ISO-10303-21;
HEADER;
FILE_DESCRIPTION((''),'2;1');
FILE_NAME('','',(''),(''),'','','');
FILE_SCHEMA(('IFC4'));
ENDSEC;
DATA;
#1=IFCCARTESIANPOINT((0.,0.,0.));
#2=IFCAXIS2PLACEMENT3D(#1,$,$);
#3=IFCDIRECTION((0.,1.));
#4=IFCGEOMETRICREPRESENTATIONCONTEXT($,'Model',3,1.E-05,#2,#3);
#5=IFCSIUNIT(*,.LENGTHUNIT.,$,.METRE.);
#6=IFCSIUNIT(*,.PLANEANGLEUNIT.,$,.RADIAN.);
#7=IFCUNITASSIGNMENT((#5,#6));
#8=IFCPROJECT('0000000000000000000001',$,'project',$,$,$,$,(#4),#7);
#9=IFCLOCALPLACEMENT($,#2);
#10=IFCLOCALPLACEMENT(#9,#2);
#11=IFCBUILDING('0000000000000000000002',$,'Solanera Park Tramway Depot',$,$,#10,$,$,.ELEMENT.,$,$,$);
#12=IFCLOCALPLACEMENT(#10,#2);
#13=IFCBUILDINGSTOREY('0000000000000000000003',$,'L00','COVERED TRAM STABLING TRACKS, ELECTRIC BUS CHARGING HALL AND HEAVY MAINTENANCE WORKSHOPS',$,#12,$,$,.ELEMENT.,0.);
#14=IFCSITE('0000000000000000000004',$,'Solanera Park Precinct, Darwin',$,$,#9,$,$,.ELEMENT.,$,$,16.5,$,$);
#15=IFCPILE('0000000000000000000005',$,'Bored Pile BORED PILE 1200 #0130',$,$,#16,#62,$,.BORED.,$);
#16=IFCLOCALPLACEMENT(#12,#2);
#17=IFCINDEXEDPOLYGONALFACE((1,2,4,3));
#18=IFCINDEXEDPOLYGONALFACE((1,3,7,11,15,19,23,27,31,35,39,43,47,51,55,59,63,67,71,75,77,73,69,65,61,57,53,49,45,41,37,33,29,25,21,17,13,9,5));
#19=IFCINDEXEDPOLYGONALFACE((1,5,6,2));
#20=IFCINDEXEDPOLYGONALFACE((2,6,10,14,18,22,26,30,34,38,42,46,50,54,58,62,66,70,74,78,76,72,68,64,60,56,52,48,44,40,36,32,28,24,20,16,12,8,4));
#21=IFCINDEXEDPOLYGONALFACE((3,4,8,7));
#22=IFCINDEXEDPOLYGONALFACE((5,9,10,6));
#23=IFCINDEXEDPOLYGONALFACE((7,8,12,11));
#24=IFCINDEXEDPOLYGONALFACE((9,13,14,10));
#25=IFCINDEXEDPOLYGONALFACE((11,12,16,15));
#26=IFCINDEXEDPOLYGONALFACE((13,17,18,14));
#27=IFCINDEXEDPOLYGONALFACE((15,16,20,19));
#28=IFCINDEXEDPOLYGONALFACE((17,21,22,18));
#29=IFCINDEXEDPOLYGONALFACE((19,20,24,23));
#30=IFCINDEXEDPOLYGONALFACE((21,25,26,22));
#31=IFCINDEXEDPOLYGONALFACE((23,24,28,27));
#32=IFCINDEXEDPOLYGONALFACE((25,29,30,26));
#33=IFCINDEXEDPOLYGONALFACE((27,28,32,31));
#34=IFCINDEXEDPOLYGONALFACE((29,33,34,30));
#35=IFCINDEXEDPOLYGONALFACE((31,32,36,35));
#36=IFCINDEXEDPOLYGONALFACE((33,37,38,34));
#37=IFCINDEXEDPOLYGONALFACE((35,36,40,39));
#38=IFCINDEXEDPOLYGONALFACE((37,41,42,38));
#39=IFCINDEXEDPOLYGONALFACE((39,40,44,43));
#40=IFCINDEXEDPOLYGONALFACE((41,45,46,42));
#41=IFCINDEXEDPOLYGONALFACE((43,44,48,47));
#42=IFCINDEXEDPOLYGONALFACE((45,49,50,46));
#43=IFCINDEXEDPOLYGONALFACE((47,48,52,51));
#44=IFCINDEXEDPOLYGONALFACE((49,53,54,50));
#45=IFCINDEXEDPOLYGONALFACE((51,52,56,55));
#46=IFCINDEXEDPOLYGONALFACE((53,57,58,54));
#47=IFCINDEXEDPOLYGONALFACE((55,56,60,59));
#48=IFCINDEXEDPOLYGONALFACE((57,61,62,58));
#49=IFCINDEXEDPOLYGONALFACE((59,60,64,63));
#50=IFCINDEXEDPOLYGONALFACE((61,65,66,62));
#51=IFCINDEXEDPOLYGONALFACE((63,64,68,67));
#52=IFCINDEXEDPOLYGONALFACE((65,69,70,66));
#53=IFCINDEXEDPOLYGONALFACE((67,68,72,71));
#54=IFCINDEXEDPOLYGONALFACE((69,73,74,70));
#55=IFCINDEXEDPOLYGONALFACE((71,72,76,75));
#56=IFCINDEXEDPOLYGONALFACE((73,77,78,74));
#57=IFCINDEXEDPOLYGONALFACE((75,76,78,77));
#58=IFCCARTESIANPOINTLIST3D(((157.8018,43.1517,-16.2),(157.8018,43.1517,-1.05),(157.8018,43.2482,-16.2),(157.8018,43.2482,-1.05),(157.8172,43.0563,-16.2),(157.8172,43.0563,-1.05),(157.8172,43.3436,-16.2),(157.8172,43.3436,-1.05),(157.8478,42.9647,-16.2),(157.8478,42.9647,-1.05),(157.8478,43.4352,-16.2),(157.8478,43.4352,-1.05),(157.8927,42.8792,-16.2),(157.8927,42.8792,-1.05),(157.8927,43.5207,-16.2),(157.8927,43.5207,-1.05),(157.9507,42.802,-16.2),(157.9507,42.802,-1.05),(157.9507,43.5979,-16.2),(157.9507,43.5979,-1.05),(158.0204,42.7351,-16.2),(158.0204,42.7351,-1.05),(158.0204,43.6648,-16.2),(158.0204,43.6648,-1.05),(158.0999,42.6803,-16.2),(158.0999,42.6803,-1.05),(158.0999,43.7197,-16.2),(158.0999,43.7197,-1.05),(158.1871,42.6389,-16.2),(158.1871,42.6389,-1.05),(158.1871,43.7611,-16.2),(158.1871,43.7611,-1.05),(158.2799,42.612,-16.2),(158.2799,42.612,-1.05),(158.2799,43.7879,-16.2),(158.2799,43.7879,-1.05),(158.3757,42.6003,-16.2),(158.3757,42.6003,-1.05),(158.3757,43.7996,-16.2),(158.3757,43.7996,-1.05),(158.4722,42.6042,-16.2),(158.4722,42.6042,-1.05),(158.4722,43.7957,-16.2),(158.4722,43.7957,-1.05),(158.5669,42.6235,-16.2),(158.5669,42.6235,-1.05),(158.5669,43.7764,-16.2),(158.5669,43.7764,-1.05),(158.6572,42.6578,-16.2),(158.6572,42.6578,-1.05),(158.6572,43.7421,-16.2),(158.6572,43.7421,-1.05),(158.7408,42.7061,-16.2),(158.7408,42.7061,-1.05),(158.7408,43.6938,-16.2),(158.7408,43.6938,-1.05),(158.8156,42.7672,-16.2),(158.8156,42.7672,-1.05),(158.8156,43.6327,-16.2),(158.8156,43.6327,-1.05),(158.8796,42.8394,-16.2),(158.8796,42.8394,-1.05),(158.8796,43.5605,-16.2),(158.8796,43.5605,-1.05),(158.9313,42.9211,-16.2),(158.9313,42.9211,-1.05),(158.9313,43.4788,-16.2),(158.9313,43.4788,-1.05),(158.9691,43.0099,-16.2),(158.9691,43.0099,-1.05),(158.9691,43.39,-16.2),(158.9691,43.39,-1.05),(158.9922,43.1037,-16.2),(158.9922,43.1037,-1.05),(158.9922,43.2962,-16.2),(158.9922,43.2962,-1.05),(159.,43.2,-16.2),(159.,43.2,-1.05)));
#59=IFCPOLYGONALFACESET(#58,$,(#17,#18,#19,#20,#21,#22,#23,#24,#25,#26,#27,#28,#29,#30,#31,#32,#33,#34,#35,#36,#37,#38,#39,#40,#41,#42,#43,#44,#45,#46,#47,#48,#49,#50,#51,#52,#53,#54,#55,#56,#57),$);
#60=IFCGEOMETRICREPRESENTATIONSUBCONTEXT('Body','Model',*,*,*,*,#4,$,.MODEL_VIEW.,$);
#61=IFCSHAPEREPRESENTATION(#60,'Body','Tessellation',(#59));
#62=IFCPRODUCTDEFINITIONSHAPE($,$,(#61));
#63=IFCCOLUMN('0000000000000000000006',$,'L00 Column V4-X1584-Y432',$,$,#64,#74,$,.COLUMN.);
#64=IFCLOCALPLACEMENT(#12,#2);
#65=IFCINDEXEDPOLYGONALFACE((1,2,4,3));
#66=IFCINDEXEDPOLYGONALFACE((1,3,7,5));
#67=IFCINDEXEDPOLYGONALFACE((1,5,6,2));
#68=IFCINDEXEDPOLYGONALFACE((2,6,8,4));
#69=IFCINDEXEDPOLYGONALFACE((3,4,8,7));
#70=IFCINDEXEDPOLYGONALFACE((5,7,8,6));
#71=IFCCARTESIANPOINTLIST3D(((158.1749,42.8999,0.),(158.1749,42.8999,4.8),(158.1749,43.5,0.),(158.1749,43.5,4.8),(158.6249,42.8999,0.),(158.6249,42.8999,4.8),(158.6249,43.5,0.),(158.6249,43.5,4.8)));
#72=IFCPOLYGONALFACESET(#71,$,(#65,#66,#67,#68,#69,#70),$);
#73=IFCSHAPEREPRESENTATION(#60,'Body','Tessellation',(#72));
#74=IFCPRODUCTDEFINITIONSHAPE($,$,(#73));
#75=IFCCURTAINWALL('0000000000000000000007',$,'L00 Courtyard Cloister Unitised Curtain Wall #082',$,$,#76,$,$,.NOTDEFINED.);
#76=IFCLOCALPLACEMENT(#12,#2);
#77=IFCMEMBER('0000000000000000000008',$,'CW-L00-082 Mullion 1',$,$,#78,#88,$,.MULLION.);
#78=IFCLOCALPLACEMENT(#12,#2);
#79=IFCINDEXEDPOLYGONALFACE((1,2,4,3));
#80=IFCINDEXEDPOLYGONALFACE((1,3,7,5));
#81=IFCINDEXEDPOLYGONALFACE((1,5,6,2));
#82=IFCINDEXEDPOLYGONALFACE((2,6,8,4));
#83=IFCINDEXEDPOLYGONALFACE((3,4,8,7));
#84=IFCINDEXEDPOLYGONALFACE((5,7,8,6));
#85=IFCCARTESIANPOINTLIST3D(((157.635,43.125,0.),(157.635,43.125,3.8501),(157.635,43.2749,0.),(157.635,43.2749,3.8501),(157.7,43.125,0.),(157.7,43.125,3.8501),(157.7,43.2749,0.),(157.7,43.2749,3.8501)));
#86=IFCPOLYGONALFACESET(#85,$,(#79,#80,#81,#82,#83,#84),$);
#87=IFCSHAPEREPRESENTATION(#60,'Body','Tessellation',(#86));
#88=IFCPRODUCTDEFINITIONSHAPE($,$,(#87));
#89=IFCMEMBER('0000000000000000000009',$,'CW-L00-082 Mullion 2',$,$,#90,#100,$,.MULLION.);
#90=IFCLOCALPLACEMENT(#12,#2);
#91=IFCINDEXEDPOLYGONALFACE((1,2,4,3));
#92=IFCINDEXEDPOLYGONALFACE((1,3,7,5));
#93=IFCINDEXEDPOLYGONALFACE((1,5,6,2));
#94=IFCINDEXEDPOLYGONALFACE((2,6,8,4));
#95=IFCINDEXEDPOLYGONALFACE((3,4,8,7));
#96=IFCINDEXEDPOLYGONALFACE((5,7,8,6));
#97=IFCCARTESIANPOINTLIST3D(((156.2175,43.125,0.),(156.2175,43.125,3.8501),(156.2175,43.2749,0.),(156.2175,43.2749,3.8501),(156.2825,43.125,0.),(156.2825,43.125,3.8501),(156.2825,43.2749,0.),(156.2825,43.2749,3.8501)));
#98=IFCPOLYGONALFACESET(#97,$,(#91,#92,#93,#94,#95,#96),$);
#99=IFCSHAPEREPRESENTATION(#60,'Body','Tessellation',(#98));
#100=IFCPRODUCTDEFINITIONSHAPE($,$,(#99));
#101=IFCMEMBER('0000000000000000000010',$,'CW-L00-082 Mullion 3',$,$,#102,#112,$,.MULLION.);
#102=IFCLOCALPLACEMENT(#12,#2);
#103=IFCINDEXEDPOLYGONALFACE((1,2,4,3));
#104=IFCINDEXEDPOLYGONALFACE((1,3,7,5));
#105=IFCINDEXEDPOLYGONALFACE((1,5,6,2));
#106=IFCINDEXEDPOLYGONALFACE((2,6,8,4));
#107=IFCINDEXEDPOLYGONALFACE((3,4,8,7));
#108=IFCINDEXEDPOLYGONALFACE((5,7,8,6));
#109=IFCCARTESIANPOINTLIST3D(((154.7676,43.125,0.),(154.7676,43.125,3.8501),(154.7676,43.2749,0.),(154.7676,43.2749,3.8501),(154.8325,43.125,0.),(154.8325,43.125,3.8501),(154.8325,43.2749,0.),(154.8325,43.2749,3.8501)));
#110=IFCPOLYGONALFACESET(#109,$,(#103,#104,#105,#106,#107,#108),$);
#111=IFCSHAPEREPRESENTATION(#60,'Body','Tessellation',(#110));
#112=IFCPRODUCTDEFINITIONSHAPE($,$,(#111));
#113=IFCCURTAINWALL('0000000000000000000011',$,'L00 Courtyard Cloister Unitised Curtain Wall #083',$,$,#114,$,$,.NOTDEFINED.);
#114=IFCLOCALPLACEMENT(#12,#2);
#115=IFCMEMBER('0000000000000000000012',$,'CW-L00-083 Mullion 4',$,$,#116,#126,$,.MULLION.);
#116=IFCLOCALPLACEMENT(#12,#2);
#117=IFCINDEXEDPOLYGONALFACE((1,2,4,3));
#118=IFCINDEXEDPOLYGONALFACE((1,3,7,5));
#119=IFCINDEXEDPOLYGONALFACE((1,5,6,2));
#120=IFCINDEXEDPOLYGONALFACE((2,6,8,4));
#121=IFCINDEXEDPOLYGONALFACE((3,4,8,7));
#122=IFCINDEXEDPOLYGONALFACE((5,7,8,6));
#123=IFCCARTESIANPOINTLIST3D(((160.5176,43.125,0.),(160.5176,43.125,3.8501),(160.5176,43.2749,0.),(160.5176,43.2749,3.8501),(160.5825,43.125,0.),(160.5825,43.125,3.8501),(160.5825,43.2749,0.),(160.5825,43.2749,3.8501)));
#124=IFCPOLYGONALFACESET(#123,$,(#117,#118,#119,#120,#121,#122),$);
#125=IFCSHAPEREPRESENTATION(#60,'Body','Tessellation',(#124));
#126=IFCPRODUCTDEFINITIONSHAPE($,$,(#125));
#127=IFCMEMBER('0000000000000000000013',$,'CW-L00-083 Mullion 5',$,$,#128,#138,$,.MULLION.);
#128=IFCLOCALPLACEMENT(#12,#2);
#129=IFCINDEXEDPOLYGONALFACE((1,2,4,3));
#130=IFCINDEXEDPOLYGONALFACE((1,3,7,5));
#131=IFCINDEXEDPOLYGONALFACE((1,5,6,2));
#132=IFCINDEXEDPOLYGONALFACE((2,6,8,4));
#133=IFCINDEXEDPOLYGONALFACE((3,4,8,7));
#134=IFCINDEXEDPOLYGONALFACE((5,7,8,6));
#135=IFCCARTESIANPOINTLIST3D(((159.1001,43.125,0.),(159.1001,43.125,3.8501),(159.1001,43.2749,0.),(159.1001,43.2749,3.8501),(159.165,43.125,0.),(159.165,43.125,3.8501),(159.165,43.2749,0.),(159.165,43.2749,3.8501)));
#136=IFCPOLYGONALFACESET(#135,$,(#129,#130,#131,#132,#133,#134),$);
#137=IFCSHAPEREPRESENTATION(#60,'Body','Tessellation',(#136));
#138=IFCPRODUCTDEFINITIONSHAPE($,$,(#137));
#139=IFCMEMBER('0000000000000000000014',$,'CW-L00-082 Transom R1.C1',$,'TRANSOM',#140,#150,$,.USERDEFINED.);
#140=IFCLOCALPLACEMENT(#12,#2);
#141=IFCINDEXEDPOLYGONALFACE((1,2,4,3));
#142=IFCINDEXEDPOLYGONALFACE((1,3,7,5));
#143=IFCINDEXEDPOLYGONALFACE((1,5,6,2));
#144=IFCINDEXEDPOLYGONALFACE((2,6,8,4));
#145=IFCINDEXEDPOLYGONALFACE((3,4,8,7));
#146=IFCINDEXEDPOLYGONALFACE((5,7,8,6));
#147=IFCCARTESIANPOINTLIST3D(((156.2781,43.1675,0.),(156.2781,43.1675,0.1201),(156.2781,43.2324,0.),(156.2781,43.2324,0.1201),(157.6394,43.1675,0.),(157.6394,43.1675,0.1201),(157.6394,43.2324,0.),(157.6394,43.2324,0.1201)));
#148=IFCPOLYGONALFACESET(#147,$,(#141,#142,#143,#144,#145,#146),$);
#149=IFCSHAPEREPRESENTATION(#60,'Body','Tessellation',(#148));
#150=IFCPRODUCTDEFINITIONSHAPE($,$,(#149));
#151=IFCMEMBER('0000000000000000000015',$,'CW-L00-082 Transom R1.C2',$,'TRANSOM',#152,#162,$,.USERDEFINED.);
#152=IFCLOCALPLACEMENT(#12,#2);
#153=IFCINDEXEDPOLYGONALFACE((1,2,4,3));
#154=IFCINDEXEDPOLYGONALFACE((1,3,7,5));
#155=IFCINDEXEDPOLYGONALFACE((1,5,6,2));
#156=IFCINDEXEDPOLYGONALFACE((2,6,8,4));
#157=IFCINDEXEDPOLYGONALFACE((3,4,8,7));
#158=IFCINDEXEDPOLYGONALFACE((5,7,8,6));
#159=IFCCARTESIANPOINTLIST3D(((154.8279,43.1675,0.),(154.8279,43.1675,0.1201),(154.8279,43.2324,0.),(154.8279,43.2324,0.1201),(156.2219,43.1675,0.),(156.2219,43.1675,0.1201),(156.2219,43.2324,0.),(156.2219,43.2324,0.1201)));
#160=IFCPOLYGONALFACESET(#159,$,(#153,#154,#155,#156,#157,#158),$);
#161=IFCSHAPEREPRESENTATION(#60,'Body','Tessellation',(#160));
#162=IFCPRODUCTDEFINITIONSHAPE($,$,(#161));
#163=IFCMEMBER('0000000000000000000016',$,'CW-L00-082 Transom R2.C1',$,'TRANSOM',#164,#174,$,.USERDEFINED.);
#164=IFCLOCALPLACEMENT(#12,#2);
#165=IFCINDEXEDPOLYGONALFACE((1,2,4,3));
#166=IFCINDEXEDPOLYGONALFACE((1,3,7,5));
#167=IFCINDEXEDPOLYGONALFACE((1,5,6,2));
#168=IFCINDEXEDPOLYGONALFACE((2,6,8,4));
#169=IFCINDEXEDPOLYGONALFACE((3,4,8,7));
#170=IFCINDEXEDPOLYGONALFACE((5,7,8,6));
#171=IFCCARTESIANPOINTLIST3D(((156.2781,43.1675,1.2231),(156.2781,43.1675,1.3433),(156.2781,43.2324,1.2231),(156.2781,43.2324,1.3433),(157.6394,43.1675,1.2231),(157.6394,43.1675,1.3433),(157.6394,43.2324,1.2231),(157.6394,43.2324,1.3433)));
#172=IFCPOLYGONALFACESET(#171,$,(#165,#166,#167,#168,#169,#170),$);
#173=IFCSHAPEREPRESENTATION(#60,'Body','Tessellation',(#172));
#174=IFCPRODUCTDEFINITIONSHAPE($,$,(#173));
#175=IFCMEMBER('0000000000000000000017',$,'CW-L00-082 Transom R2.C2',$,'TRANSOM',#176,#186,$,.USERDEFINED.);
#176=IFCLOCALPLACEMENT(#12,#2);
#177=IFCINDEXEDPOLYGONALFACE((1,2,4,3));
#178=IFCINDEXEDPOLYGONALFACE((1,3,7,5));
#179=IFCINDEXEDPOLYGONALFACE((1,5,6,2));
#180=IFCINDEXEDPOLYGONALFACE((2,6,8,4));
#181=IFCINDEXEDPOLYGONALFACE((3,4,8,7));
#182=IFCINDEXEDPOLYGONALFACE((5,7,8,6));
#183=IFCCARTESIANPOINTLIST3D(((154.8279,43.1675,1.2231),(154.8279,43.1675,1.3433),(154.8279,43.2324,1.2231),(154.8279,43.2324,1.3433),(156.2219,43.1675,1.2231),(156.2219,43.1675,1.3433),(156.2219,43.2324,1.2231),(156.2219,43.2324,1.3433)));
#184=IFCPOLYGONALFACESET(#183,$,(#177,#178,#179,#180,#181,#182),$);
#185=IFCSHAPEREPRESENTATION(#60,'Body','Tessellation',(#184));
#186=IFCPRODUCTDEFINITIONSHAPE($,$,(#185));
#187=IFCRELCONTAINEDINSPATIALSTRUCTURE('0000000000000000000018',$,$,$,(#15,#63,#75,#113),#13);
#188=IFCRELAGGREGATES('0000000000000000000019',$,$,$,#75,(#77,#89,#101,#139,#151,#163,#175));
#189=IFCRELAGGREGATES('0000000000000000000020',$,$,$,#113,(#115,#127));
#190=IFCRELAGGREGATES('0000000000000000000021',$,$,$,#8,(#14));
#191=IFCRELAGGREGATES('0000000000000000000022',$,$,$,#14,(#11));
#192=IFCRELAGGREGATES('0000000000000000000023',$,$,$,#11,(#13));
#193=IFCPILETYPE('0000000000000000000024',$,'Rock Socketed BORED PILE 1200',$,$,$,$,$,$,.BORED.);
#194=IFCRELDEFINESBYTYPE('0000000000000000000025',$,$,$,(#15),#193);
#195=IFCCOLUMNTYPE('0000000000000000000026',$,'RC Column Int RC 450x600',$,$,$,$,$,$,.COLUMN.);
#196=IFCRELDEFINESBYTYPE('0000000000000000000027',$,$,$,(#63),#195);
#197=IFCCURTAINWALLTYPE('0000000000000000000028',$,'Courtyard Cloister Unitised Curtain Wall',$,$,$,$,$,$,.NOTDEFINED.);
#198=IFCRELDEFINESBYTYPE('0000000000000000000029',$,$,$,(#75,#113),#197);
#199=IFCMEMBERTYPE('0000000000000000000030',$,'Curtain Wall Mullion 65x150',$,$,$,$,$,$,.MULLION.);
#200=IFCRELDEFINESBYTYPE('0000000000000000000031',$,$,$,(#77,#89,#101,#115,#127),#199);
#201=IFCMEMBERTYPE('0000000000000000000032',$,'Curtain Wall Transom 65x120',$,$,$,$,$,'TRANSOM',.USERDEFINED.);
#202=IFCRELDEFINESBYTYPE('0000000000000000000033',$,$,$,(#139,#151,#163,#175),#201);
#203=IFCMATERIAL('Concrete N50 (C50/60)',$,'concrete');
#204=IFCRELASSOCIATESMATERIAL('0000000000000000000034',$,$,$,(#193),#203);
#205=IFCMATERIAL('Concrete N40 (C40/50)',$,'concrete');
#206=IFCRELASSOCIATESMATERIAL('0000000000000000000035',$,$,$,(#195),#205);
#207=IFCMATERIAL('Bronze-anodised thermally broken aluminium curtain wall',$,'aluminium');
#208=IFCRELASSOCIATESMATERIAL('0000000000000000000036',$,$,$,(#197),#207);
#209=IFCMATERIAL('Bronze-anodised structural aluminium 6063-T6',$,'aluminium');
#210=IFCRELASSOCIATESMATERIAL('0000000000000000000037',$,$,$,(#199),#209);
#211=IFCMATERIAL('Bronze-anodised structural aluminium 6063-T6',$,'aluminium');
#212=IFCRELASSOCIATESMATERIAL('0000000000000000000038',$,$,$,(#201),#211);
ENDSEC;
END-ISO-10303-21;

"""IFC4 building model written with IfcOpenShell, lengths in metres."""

from ifc_helpers import new_model, si_unit, direction, frame, origin, origin_2d, place, context, subcontext, project, spatial, rectangle, circle, extrude, material, material_profile, profile_set, type_object, element, aggregate, save


model = new_model("IFC4")

# Units and contexts
model_context = context("Model", 3, precision=1e-05, world=origin(), true_north=direction((0.0, 1.0)))
body_context = subcontext(model_context, "Body", "Model", "MODEL_VIEW")
ifc_project = project(units=[si_unit("LENGTHUNIT", "METRE"), si_unit("PLANEANGLEUNIT", "RADIAN")], contexts=[model_context])

# Site, building, storey
site_placement = place(None, origin())
site = spatial("IfcSite", under=ifc_project, at=site_placement, Name="Solanera Park Precinct, Darwin", CompositionType="ELEMENT", RefElevation=16.5)
building_placement = place(site_placement, origin())
building = spatial("IfcBuilding", under=site, at=building_placement, Name="Solanera Park Tramway Depot", CompositionType="ELEMENT")
storey_placement = place(building_placement, origin())
storey = spatial("IfcBuildingStorey", under=building, at=storey_placement, Name="L00", Description="COVERED TRAM STABLING TRACKS, ELECTRIC BUS CHARGING HALL AND HEAVY MAINTENANCE WORKSHOPS", CompositionType="ELEMENT", Elevation=0.0)

# Pile
ifc_material_1 = material(Name="Concrete N50 (C50/60)", Category="concrete")
ifc_material_profile_1 = material_profile(ifc_material_1, circle(Radius=0.6001, at=origin_2d()), Name="BORED PILE 1200")
ifc_profile_set_1 = profile_set([ifc_material_profile_1], Name="Concrete N50 (C50/60)")
pile_type = type_object("IfcPileType", Name="Rock Socketed BORED PILE 1200", PredefinedType="BORED", material=ifc_profile_set_1)
pile_placement = place(storey_placement, frame((158.3999, 43.2, -1.05), z_axis=(0.0, 0.0, -1.0), x_axis=(1.0, 0.0, 0.0)))
element("IfcPile", 1, at=pile_placement, inside=storey, type_object=pile_type, Name="Bored Pile BORED PILE 1200 #0130", PredefinedType="BORED", context=body_context, shape_type="SweptSolid", body=[
    extrude(circle(Radius=0.6001, at=origin_2d()), origin(), (0.0, 0.0, 1.0), 15.1499),
])

# Column
ifc_material_2 = material(Name="Concrete N40 (C40/50)", Category="concrete")
ifc_material_profile_2 = material_profile(ifc_material_2, rectangle(XDim=0.45, YDim=0.6001, at=origin_2d()), Name="RC 450x600")
ifc_profile_set_2 = profile_set([ifc_material_profile_2], Name="Concrete N40 (C40/50)")
column_type = type_object("IfcColumnType", Name="RC Column Int RC 450x600", PredefinedType="COLUMN", material=ifc_profile_set_2)
column_placement = place(storey_placement, frame((158.3999, 43.2, 0.0), z_axis=(0.0, 0.0, 1.0), x_axis=(1.0, 0.0, 0.0)))
element("IfcColumn", 2, at=column_placement, inside=storey, type_object=column_type, Name="L00 Column V4-X1584-Y432", PredefinedType="COLUMN", context=body_context, shape_type="SweptSolid", body=[
    extrude(rectangle(XDim=0.45, YDim=0.6001, at=origin_2d()), origin(), (0.0, 0.0, 1.0), 4.8),
])

# Curtain walls, members
ifc_material_3 = material(Name="Bronze-anodised thermally broken aluminium curtain wall", Category="aluminium")
curtain_wall_type = type_object("IfcCurtainWallType", Name="Courtyard Cloister Unitised Curtain Wall", PredefinedType="NOTDEFINED", material=ifc_material_3)
curtain_wall_1_placement = place(storey_placement, origin())
curtain_wall_1 = element("IfcCurtainWall", 3, at=curtain_wall_1_placement, inside=storey, type_object=curtain_wall_type, Name="L00 Courtyard Cloister Unitised Curtain Wall #082", PredefinedType="NOTDEFINED")
ifc_material_4 = material(Name="Bronze-anodised structural aluminium 6063-T6", Category="aluminium")
ifc_material_profile_3 = material_profile(ifc_material_4, rectangle(XDim=0.0649, YDim=0.1499, at=origin_2d()), Name="Curtain Wall Mullion 65x150")
ifc_profile_set_3 = profile_set([ifc_material_profile_3], Name="Bronze-anodised structural aluminium 6063-T6")
member_type_1 = type_object("IfcMemberType", Name="Curtain Wall Mullion 65x150", PredefinedType="MULLION", material=ifc_profile_set_3)
member_1_placement = place(storey_placement, frame((157.6675, 43.2, 0.0), z_axis=(0.0, 0.0, 1.0), x_axis=(1.0, 0.0, 0.0)))
member_1 = element("IfcMember", 4, at=member_1_placement, type_object=member_type_1, Name="CW-L00-082 Mullion 1", PredefinedType="MULLION", context=body_context, shape_type="SweptSolid", body=[
    extrude(rectangle(XDim=0.0649, YDim=0.1499, at=origin_2d()), origin(), (0.0, 0.0, 1.0), 3.8501),
])
member_2_placement = place(storey_placement, frame((156.25, 43.2, 0.0), z_axis=(0.0, 0.0, 1.0), x_axis=(1.0, 0.0, 0.0)))
member_2 = element("IfcMember", 5, at=member_2_placement, type_object=member_type_1, Name="CW-L00-082 Mullion 2", PredefinedType="MULLION", context=body_context, shape_type="SweptSolid", body=[
    extrude(rectangle(XDim=0.0649, YDim=0.1499, at=origin_2d()), origin(), (0.0, 0.0, 1.0), 3.8501),
])
member_3_placement = place(storey_placement, frame((154.8, 43.2, 0.0), z_axis=(0.0, 0.0, 1.0), x_axis=(1.0, 0.0, 0.0)))
member_3 = element("IfcMember", 6, at=member_3_placement, type_object=member_type_1, Name="CW-L00-082 Mullion 3", PredefinedType="MULLION", context=body_context, shape_type="SweptSolid", body=[
    extrude(rectangle(XDim=0.0649, YDim=0.1499, at=origin_2d()), origin(), (0.0, 0.0, 1.0), 3.8501),
])
curtain_wall_2_placement = place(storey_placement, origin())
curtain_wall_2 = element("IfcCurtainWall", 7, at=curtain_wall_2_placement, inside=storey, type_object=curtain_wall_type, Name="L00 Courtyard Cloister Unitised Curtain Wall #083", PredefinedType="NOTDEFINED")
member_4_placement = place(storey_placement, frame((160.55, 43.2, 0.0), z_axis=(0.0, 0.0, 1.0), x_axis=(1.0, 0.0, 0.0)))
member_4 = element("IfcMember", 8, at=member_4_placement, type_object=member_type_1, Name="CW-L00-083 Mullion 4", PredefinedType="MULLION", context=body_context, shape_type="SweptSolid", body=[
    extrude(rectangle(XDim=0.0649, YDim=0.1499, at=origin_2d()), origin(), (0.0, 0.0, 1.0), 3.8501),
])
member_5_placement = place(storey_placement, frame((159.1326, 43.2, 0.0), z_axis=(0.0, 0.0, 1.0), x_axis=(1.0, 0.0, 0.0)))
member_5 = element("IfcMember", 9, at=member_5_placement, type_object=member_type_1, Name="CW-L00-083 Mullion 5", PredefinedType="MULLION", context=body_context, shape_type="SweptSolid", body=[
    extrude(rectangle(XDim=0.0649, YDim=0.1499, at=origin_2d()), origin(), (0.0, 0.0, 1.0), 3.8501),
])

# Members
ifc_material_5 = material(Name="Bronze-anodised structural aluminium 6063-T6", Category="aluminium")
ifc_material_profile_4 = material_profile(ifc_material_5, rectangle(XDim=0.0649, YDim=0.1201, at=origin_2d()), Name="Curtain Wall Transom 65x120")
ifc_profile_set_4 = profile_set([ifc_material_profile_4], Name="Bronze-anodised structural aluminium 6063-T6")
member_type_2 = type_object("IfcMemberType", Name="Curtain Wall Transom 65x120", ElementType="TRANSOM", PredefinedType="USERDEFINED", material=ifc_profile_set_4)
member_6_placement = place(storey_placement, frame((157.6394, 43.2, 0.0601), z_axis=(-1.0, 0.0, 0.0), x_axis=(0.0, -1.0, 0.0)))
member_6 = element("IfcMember", 10, at=member_6_placement, type_object=member_type_2, Name="CW-L00-082 Transom R1.C1", ObjectType="TRANSOM", PredefinedType="USERDEFINED", context=body_context, shape_type="SweptSolid", body=[
    extrude(rectangle(XDim=0.0649, YDim=0.1201, at=origin_2d()), origin(), (0.0, 0.0, 1.0), 1.3613),
])
member_7_placement = place(storey_placement, frame((156.2219, 43.2, 0.0601), z_axis=(-1.0, 0.0, 0.0), x_axis=(0.0, -1.0, 0.0)))
member_7 = element("IfcMember", 11, at=member_7_placement, type_object=member_type_2, Name="CW-L00-082 Transom R1.C2", ObjectType="TRANSOM", PredefinedType="USERDEFINED", context=body_context, shape_type="SweptSolid", body=[
    extrude(rectangle(XDim=0.0649, YDim=0.1201, at=origin_2d()), origin(), (0.0, 0.0, 1.0), 1.394),
])
member_8_placement = place(storey_placement, frame((157.6394, 43.2, 1.2832), z_axis=(-1.0, 0.0, 0.0), x_axis=(0.0, -1.0, 0.0)))
member_8 = element("IfcMember", 12, at=member_8_placement, type_object=member_type_2, Name="CW-L00-082 Transom R2.C1", ObjectType="TRANSOM", PredefinedType="USERDEFINED", context=body_context, shape_type="SweptSolid", body=[
    extrude(rectangle(XDim=0.0649, YDim=0.1201, at=origin_2d()), origin(), (0.0, 0.0, 1.0), 1.3613),
])
member_9_placement = place(storey_placement, frame((156.2219, 43.2, 1.2832), z_axis=(-1.0, 0.0, 0.0), x_axis=(0.0, -1.0, 0.0)))
member_9 = element("IfcMember", 13, at=member_9_placement, type_object=member_type_2, Name="CW-L00-082 Transom R2.C2", ObjectType="TRANSOM", PredefinedType="USERDEFINED", context=body_context, shape_type="SweptSolid", body=[
    extrude(rectangle(XDim=0.0649, YDim=0.1201, at=origin_2d()), origin(), (0.0, 0.0, 1.0), 1.394),
])

aggregate(curtain_wall_1, [member_1, member_2, member_3, member_6, member_7, member_8, member_9])
aggregate(curtain_wall_2, [member_4, member_5])

save(model, "model.ifc")
